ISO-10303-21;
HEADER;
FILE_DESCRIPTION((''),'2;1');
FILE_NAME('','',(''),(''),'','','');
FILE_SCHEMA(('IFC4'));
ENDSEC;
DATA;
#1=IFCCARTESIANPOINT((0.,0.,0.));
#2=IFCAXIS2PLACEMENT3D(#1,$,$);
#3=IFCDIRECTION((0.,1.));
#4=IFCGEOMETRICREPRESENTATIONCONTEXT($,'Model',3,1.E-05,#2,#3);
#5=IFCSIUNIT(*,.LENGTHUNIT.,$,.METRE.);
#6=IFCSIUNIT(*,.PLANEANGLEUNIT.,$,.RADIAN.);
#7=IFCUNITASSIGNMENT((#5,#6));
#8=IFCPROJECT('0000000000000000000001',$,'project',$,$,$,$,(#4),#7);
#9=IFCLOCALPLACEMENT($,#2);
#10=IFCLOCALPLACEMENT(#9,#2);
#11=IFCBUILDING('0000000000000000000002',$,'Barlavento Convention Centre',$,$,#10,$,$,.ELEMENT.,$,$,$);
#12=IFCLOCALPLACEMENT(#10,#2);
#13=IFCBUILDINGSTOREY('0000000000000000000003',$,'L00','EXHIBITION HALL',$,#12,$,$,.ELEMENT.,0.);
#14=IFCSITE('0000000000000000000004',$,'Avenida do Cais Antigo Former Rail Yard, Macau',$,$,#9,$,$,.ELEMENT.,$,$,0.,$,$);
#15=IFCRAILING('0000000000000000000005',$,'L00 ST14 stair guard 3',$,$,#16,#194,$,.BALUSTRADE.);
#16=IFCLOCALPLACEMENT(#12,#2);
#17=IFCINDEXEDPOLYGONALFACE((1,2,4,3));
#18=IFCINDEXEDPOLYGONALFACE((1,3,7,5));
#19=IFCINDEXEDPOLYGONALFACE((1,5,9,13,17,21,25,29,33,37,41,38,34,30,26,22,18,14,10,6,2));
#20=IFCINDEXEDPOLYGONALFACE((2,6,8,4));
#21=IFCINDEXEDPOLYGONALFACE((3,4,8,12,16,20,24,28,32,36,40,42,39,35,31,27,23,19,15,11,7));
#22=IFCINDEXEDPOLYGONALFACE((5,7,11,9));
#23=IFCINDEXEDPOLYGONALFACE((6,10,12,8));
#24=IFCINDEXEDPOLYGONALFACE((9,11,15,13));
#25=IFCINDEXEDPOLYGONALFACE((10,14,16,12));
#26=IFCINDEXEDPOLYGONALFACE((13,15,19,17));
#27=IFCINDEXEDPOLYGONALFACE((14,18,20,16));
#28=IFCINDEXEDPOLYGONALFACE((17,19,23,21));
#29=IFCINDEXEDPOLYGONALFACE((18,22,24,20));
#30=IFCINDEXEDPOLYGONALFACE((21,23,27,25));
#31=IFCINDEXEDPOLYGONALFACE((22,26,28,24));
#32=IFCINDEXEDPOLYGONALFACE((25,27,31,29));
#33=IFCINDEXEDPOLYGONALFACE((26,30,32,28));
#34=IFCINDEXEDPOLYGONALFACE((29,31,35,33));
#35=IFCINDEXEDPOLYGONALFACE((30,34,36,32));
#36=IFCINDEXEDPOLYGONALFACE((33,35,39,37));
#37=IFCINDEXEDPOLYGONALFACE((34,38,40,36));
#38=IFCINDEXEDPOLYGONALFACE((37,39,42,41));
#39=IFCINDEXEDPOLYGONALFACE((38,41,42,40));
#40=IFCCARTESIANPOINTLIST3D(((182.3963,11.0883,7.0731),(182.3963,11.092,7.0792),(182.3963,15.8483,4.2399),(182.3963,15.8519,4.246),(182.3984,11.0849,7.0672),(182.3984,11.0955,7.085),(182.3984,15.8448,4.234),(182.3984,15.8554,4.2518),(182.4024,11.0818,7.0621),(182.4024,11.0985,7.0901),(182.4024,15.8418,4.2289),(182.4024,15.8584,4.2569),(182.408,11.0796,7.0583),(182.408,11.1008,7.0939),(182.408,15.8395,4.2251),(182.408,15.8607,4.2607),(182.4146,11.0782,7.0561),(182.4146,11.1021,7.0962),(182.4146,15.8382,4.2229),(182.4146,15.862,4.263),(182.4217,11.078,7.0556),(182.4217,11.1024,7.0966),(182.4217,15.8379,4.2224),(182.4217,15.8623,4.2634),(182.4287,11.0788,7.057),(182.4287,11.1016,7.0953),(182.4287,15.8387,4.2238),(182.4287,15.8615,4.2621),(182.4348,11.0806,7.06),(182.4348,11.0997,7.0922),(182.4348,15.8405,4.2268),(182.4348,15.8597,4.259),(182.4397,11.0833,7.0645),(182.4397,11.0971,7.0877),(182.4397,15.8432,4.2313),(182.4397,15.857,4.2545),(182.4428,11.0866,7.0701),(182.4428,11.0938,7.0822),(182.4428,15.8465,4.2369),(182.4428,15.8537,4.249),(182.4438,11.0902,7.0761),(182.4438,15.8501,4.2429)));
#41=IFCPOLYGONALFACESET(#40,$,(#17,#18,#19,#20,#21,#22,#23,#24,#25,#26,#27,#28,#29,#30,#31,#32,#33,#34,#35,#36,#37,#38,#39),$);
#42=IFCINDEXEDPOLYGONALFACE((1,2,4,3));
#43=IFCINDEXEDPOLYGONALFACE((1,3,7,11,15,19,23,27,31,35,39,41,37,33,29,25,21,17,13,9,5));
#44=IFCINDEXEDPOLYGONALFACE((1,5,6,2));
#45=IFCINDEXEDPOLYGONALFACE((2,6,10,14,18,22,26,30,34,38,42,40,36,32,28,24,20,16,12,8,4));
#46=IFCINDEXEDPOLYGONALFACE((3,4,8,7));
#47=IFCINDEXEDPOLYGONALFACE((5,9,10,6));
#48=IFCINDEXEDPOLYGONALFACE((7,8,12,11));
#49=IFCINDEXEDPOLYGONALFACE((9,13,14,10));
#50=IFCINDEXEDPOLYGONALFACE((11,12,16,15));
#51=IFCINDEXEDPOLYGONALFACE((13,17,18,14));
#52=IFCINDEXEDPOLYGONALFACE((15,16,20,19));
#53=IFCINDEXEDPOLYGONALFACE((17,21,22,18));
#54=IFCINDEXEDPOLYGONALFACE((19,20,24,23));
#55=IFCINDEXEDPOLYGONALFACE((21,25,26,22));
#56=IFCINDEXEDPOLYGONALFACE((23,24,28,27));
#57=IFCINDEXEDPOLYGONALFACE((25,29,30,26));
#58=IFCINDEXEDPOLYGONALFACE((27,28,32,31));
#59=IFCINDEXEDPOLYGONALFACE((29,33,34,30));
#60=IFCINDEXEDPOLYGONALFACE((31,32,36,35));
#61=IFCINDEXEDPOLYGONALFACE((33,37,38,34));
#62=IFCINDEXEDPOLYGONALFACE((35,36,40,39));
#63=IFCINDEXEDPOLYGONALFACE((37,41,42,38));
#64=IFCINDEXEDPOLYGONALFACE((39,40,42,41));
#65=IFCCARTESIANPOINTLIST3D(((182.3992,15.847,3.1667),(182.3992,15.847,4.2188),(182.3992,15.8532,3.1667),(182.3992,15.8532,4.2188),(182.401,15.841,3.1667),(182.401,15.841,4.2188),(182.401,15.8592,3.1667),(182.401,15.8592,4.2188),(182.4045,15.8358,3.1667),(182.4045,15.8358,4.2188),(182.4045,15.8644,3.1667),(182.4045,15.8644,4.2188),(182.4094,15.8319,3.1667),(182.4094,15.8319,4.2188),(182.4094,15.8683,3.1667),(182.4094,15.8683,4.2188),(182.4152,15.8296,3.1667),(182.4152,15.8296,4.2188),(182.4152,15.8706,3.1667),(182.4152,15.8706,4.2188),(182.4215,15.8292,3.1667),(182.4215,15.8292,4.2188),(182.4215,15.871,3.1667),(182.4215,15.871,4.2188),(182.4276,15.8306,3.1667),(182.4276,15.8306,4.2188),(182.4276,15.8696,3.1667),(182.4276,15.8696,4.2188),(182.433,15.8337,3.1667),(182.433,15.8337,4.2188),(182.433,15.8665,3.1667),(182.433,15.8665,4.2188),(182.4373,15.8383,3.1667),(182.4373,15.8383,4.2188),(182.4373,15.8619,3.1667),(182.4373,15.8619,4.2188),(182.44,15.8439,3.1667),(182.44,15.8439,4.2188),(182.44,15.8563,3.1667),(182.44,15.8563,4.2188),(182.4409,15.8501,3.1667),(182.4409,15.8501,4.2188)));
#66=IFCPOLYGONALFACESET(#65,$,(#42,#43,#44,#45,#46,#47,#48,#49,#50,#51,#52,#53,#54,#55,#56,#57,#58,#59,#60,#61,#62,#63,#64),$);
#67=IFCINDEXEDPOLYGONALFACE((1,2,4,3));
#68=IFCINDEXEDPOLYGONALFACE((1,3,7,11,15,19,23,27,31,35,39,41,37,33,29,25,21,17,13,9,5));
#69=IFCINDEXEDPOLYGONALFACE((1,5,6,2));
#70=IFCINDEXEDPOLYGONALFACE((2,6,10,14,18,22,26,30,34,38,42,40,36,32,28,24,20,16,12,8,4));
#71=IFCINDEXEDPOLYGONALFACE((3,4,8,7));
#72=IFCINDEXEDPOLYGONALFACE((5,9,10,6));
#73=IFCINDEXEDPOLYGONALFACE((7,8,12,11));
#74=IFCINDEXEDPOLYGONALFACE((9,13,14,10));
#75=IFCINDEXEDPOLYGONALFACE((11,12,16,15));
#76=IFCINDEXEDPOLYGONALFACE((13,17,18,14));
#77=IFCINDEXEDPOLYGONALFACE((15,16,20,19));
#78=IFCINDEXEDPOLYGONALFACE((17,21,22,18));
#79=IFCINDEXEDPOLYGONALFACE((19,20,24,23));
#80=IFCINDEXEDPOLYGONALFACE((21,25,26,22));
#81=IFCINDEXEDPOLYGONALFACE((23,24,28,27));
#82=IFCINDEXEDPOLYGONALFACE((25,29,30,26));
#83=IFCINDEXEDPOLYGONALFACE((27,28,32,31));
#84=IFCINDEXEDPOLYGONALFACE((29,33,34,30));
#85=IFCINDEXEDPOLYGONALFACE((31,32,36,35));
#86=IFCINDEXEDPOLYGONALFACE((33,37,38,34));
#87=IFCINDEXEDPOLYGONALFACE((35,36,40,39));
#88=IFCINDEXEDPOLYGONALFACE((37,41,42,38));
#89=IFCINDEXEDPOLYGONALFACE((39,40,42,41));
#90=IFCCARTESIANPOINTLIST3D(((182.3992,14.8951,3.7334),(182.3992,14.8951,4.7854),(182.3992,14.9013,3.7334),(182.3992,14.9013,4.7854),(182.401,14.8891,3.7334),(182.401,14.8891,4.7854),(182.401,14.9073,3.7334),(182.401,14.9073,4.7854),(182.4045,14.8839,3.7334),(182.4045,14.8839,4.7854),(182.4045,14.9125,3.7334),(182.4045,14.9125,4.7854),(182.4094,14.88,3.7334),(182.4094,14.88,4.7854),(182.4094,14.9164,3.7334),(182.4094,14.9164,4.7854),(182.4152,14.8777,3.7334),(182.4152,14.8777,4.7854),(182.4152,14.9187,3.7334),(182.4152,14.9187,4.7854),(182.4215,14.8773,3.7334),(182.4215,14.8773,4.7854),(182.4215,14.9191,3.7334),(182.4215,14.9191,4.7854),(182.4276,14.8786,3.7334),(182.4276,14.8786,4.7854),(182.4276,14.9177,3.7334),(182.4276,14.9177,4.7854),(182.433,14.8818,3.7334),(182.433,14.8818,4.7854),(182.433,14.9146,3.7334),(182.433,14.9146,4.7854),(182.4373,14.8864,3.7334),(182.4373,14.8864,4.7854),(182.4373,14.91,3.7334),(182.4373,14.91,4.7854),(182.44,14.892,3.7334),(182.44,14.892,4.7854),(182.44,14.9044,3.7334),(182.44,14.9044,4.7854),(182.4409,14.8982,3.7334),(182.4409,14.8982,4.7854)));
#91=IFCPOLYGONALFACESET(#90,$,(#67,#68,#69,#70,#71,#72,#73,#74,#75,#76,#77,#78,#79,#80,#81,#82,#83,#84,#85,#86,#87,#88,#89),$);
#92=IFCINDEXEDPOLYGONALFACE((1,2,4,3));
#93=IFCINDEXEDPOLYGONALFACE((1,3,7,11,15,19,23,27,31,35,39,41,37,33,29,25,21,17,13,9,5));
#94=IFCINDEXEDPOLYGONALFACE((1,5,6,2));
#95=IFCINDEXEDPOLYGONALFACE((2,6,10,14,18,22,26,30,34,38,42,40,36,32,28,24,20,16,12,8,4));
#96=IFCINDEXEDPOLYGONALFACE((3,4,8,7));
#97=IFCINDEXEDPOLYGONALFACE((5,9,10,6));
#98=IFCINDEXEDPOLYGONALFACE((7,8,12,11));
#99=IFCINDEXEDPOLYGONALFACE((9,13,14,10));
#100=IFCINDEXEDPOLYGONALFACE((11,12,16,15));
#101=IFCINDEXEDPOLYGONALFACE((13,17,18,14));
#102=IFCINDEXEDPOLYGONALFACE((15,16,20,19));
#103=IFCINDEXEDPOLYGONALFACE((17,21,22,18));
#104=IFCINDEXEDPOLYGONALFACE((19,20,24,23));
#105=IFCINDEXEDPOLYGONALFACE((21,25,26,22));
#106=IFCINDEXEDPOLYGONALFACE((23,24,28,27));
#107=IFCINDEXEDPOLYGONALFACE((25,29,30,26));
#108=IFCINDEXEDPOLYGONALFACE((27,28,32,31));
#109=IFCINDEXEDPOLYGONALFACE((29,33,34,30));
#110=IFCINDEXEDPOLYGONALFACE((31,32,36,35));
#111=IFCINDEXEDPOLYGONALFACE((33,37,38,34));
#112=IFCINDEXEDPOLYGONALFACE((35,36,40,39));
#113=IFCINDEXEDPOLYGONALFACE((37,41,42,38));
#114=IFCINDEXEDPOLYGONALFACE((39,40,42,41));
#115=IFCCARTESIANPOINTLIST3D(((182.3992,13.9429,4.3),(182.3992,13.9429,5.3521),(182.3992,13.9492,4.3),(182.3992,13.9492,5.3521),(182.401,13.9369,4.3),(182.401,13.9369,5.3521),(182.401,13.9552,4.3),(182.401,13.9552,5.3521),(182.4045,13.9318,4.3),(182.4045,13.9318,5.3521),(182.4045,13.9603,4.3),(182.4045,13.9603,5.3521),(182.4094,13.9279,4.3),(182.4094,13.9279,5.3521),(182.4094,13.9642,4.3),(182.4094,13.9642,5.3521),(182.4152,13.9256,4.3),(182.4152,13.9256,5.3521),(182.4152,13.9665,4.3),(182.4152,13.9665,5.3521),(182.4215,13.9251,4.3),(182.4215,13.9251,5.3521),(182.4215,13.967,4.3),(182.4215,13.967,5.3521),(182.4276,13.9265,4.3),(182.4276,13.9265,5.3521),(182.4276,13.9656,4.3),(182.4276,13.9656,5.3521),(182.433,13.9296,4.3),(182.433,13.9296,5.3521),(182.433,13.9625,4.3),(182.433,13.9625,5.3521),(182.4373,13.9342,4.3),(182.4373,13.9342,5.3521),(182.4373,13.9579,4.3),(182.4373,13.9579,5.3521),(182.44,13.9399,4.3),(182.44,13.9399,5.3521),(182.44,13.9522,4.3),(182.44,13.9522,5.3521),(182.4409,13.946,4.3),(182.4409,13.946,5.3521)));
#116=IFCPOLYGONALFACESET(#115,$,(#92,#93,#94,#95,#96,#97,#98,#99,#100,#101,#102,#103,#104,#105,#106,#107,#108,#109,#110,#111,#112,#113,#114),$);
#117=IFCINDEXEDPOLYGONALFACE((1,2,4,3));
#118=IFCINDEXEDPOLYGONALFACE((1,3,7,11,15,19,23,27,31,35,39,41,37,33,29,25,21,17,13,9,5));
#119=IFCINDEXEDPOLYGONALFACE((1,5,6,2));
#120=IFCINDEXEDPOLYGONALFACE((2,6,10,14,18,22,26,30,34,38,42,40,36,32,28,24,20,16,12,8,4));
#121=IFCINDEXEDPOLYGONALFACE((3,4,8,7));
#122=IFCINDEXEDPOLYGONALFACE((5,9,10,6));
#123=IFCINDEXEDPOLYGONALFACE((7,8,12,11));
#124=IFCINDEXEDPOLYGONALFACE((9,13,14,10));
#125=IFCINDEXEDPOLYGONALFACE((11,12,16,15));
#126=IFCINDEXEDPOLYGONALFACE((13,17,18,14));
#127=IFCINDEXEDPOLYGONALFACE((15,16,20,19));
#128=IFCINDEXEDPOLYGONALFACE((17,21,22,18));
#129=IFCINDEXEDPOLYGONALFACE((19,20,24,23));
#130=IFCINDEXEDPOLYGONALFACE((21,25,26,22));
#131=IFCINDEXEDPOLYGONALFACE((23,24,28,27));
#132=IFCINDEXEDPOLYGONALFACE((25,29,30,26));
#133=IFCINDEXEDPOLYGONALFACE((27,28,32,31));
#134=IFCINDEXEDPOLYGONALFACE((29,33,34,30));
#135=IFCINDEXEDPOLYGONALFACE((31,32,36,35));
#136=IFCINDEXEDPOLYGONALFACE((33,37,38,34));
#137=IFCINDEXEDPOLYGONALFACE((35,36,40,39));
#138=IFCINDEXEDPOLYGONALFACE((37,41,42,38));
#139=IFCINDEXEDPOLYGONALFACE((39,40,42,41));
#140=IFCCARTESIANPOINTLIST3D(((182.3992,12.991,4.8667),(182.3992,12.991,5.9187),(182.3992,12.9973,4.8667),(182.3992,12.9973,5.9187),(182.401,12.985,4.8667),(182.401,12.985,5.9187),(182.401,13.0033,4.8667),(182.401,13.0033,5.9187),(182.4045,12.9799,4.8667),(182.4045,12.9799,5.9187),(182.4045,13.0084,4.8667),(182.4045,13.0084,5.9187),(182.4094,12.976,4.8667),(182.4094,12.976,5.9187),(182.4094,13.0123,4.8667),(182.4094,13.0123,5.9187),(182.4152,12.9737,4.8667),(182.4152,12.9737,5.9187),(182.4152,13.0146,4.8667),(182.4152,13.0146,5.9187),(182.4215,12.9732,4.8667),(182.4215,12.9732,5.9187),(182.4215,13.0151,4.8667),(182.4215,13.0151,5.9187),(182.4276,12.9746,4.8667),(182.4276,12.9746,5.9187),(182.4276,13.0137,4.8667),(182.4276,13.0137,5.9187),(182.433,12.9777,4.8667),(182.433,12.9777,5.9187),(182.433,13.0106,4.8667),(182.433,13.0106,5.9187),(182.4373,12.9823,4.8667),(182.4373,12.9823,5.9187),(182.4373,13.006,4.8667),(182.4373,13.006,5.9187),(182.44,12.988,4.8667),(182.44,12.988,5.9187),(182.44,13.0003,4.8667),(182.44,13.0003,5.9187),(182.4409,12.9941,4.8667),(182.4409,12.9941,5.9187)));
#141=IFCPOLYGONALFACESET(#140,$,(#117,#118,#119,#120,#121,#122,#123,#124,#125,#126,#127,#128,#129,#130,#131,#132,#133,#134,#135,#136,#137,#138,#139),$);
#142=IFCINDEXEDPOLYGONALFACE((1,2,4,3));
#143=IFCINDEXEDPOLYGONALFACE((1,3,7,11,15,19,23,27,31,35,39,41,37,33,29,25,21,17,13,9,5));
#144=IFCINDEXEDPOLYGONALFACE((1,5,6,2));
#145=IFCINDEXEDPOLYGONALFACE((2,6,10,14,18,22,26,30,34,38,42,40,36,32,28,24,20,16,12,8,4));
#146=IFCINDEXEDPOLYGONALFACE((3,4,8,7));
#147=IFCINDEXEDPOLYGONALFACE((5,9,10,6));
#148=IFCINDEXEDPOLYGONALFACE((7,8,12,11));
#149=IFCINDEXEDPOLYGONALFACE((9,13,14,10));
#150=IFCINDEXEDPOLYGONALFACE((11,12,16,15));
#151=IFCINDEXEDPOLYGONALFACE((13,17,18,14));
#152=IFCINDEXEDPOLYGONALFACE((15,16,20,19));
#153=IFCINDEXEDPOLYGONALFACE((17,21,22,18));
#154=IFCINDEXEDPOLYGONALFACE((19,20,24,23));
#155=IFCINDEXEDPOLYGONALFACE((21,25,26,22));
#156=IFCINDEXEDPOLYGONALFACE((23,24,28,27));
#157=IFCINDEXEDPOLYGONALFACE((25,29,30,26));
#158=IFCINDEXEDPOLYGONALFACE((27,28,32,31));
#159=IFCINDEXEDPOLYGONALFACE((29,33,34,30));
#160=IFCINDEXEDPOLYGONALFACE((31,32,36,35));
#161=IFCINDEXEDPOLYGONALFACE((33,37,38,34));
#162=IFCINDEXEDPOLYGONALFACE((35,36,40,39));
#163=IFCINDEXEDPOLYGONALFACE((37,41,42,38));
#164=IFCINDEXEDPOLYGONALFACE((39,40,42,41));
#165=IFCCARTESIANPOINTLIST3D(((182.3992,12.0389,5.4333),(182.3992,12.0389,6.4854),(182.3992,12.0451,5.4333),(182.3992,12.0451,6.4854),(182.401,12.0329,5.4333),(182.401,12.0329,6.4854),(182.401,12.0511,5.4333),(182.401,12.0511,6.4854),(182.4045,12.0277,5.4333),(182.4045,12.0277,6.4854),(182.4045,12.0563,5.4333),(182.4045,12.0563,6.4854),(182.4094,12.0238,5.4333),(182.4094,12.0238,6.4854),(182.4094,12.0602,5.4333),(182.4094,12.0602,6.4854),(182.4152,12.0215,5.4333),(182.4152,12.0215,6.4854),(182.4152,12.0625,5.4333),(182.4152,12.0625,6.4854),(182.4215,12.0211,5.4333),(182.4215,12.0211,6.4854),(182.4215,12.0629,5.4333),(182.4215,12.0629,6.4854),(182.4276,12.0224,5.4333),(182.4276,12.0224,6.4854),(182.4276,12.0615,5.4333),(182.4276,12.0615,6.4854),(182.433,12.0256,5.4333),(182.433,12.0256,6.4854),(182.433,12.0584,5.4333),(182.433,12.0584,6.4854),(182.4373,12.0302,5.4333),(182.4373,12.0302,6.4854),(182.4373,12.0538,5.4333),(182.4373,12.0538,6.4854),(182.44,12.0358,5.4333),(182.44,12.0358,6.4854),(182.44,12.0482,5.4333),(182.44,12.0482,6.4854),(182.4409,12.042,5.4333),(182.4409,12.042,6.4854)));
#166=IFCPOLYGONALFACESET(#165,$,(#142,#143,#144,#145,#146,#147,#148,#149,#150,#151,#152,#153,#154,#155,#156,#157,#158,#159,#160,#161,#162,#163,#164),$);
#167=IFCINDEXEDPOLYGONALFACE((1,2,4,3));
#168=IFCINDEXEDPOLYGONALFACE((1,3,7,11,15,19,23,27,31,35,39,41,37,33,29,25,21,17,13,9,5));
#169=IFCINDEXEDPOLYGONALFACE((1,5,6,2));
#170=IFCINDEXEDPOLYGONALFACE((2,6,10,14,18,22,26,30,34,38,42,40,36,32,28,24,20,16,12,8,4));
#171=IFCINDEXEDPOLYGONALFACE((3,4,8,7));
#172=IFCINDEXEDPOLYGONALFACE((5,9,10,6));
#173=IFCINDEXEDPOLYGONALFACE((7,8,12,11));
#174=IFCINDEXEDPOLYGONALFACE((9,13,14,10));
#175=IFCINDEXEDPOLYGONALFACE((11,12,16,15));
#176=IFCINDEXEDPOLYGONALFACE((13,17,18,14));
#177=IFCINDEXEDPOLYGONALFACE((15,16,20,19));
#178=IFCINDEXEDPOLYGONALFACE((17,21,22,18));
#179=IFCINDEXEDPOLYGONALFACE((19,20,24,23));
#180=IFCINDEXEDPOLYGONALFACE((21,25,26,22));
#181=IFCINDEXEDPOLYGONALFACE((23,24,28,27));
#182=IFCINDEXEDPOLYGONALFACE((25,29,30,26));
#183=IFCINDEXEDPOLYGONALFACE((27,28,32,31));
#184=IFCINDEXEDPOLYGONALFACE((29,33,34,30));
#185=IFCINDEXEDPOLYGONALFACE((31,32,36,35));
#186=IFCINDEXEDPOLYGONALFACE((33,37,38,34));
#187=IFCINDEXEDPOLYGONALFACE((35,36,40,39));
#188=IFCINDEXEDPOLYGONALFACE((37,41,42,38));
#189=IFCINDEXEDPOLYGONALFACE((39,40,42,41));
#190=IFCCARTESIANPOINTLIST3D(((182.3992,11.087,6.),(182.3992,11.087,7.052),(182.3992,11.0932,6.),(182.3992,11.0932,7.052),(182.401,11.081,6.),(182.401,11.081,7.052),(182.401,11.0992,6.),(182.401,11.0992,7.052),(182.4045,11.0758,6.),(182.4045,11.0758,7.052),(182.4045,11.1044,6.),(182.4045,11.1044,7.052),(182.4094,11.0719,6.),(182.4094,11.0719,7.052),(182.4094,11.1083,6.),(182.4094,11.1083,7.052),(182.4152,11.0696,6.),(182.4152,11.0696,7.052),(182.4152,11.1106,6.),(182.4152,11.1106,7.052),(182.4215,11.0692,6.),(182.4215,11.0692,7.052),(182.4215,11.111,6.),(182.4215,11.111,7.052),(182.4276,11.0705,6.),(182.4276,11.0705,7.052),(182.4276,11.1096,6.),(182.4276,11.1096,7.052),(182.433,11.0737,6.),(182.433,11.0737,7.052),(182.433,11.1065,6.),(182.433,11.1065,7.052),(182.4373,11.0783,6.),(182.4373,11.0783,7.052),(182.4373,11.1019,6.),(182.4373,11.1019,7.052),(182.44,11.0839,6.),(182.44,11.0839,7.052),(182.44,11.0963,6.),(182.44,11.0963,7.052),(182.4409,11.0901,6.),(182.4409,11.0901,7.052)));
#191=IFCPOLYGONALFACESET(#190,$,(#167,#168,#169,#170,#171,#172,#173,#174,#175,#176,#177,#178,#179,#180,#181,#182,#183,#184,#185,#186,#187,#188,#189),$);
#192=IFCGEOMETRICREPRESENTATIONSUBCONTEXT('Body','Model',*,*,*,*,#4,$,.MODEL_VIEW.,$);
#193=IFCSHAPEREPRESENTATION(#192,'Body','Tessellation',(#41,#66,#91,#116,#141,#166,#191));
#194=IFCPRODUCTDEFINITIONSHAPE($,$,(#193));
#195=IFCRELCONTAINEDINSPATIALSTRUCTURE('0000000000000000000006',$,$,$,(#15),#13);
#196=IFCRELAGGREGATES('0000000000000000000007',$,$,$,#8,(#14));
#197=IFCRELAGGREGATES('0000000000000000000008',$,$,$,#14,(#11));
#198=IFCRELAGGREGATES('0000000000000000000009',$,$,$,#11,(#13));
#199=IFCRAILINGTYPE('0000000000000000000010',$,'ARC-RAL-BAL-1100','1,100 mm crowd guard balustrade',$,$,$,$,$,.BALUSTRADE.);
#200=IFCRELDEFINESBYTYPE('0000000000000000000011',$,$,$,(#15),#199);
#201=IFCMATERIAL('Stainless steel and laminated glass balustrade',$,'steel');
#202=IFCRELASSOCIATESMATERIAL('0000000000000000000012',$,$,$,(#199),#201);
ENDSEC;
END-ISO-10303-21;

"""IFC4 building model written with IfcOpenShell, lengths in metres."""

from ifc_helpers import new_model, si_unit, direction, frame, origin, origin_2d, place, context, subcontext, project, spatial, circle, extrude, material, type_object, element, save


model = new_model("IFC4")

# Units and contexts
model_context = context("Model", 3, precision=1e-05, world=origin(), true_north=direction((0.0, 1.0)))
body_context = subcontext(model_context, "Body", "Model", "MODEL_VIEW")
ifc_project = project(units=[si_unit("LENGTHUNIT", "METRE"), si_unit("PLANEANGLEUNIT", "RADIAN")], contexts=[model_context])

# Site, building, storey
site_placement = place(None, origin())
site = spatial("IfcSite", under=ifc_project, at=site_placement, Name="Avenida do Cais Antigo Former Rail Yard, Macau", CompositionType="ELEMENT", RefElevation=0.0)
building_placement = place(site_placement, origin())
building = spatial("IfcBuilding", under=site, at=building_placement, Name="Barlavento Convention Centre", CompositionType="ELEMENT")
storey_placement = place(building_placement, origin())
storey = spatial("IfcBuildingStorey", under=building, at=storey_placement, Name="L00", Description="EXHIBITION HALL", CompositionType="ELEMENT", Elevation=0.0)

# Railing
ifc_material_1 = material(Name="Stainless steel and laminated glass balustrade", Category="steel")
railing_type = type_object("IfcRailingType", Name="ARC-RAL-BAL-1100", Description="1,100 mm crowd guard balustrade", PredefinedType="BALUSTRADE", material=ifc_material_1)
railing_1_placement = place(storey_placement, frame((182.4199, 15.8501, 3.1667)))
element("IfcRailing", 1, at=railing_1_placement, inside=storey, type_object=railing_type, Name="L00 ST14 stair guard 3", PredefinedType="BALUSTRADE", context=body_context, shape_type="SweptSolid", body=[
    extrude(circle(Radius=0.0239, at=origin_2d()), frame((0.0, 0.0, 1.0762), z_axis=(0.0, -0.8593, 0.511472), x_axis=(1.0, 0.0, 0.0)), (0.0, 0.0, 1.0), 5.5393),
    extrude(circle(Radius=0.021, at=origin_2d()), origin(), (0.0, 0.0, 1.0), 1.052),
    extrude(circle(Radius=0.021, at=origin_2d()), frame((0.0, -0.9519, 0.5667)), (0.0, 0.0, 1.0), 1.052),
    extrude(circle(Radius=0.021, at=origin_2d()), frame((0.0, -1.9041, 1.1333)), (0.0, 0.0, 1.0), 1.052),
    extrude(circle(Radius=0.021, at=origin_2d()), frame((0.0, -2.856, 1.7)), (0.0, 0.0, 1.0), 1.052),
    extrude(circle(Radius=0.021, at=origin_2d()), frame((0.0, -3.8081, 2.2666)), (0.0, 0.0, 1.0), 1.052),
    extrude(circle(Radius=0.021, at=origin_2d()), frame((0.0, -4.76, 2.8333)), (0.0, 0.0, 1.0), 1.052),
])

save(model, "model.ifc")
